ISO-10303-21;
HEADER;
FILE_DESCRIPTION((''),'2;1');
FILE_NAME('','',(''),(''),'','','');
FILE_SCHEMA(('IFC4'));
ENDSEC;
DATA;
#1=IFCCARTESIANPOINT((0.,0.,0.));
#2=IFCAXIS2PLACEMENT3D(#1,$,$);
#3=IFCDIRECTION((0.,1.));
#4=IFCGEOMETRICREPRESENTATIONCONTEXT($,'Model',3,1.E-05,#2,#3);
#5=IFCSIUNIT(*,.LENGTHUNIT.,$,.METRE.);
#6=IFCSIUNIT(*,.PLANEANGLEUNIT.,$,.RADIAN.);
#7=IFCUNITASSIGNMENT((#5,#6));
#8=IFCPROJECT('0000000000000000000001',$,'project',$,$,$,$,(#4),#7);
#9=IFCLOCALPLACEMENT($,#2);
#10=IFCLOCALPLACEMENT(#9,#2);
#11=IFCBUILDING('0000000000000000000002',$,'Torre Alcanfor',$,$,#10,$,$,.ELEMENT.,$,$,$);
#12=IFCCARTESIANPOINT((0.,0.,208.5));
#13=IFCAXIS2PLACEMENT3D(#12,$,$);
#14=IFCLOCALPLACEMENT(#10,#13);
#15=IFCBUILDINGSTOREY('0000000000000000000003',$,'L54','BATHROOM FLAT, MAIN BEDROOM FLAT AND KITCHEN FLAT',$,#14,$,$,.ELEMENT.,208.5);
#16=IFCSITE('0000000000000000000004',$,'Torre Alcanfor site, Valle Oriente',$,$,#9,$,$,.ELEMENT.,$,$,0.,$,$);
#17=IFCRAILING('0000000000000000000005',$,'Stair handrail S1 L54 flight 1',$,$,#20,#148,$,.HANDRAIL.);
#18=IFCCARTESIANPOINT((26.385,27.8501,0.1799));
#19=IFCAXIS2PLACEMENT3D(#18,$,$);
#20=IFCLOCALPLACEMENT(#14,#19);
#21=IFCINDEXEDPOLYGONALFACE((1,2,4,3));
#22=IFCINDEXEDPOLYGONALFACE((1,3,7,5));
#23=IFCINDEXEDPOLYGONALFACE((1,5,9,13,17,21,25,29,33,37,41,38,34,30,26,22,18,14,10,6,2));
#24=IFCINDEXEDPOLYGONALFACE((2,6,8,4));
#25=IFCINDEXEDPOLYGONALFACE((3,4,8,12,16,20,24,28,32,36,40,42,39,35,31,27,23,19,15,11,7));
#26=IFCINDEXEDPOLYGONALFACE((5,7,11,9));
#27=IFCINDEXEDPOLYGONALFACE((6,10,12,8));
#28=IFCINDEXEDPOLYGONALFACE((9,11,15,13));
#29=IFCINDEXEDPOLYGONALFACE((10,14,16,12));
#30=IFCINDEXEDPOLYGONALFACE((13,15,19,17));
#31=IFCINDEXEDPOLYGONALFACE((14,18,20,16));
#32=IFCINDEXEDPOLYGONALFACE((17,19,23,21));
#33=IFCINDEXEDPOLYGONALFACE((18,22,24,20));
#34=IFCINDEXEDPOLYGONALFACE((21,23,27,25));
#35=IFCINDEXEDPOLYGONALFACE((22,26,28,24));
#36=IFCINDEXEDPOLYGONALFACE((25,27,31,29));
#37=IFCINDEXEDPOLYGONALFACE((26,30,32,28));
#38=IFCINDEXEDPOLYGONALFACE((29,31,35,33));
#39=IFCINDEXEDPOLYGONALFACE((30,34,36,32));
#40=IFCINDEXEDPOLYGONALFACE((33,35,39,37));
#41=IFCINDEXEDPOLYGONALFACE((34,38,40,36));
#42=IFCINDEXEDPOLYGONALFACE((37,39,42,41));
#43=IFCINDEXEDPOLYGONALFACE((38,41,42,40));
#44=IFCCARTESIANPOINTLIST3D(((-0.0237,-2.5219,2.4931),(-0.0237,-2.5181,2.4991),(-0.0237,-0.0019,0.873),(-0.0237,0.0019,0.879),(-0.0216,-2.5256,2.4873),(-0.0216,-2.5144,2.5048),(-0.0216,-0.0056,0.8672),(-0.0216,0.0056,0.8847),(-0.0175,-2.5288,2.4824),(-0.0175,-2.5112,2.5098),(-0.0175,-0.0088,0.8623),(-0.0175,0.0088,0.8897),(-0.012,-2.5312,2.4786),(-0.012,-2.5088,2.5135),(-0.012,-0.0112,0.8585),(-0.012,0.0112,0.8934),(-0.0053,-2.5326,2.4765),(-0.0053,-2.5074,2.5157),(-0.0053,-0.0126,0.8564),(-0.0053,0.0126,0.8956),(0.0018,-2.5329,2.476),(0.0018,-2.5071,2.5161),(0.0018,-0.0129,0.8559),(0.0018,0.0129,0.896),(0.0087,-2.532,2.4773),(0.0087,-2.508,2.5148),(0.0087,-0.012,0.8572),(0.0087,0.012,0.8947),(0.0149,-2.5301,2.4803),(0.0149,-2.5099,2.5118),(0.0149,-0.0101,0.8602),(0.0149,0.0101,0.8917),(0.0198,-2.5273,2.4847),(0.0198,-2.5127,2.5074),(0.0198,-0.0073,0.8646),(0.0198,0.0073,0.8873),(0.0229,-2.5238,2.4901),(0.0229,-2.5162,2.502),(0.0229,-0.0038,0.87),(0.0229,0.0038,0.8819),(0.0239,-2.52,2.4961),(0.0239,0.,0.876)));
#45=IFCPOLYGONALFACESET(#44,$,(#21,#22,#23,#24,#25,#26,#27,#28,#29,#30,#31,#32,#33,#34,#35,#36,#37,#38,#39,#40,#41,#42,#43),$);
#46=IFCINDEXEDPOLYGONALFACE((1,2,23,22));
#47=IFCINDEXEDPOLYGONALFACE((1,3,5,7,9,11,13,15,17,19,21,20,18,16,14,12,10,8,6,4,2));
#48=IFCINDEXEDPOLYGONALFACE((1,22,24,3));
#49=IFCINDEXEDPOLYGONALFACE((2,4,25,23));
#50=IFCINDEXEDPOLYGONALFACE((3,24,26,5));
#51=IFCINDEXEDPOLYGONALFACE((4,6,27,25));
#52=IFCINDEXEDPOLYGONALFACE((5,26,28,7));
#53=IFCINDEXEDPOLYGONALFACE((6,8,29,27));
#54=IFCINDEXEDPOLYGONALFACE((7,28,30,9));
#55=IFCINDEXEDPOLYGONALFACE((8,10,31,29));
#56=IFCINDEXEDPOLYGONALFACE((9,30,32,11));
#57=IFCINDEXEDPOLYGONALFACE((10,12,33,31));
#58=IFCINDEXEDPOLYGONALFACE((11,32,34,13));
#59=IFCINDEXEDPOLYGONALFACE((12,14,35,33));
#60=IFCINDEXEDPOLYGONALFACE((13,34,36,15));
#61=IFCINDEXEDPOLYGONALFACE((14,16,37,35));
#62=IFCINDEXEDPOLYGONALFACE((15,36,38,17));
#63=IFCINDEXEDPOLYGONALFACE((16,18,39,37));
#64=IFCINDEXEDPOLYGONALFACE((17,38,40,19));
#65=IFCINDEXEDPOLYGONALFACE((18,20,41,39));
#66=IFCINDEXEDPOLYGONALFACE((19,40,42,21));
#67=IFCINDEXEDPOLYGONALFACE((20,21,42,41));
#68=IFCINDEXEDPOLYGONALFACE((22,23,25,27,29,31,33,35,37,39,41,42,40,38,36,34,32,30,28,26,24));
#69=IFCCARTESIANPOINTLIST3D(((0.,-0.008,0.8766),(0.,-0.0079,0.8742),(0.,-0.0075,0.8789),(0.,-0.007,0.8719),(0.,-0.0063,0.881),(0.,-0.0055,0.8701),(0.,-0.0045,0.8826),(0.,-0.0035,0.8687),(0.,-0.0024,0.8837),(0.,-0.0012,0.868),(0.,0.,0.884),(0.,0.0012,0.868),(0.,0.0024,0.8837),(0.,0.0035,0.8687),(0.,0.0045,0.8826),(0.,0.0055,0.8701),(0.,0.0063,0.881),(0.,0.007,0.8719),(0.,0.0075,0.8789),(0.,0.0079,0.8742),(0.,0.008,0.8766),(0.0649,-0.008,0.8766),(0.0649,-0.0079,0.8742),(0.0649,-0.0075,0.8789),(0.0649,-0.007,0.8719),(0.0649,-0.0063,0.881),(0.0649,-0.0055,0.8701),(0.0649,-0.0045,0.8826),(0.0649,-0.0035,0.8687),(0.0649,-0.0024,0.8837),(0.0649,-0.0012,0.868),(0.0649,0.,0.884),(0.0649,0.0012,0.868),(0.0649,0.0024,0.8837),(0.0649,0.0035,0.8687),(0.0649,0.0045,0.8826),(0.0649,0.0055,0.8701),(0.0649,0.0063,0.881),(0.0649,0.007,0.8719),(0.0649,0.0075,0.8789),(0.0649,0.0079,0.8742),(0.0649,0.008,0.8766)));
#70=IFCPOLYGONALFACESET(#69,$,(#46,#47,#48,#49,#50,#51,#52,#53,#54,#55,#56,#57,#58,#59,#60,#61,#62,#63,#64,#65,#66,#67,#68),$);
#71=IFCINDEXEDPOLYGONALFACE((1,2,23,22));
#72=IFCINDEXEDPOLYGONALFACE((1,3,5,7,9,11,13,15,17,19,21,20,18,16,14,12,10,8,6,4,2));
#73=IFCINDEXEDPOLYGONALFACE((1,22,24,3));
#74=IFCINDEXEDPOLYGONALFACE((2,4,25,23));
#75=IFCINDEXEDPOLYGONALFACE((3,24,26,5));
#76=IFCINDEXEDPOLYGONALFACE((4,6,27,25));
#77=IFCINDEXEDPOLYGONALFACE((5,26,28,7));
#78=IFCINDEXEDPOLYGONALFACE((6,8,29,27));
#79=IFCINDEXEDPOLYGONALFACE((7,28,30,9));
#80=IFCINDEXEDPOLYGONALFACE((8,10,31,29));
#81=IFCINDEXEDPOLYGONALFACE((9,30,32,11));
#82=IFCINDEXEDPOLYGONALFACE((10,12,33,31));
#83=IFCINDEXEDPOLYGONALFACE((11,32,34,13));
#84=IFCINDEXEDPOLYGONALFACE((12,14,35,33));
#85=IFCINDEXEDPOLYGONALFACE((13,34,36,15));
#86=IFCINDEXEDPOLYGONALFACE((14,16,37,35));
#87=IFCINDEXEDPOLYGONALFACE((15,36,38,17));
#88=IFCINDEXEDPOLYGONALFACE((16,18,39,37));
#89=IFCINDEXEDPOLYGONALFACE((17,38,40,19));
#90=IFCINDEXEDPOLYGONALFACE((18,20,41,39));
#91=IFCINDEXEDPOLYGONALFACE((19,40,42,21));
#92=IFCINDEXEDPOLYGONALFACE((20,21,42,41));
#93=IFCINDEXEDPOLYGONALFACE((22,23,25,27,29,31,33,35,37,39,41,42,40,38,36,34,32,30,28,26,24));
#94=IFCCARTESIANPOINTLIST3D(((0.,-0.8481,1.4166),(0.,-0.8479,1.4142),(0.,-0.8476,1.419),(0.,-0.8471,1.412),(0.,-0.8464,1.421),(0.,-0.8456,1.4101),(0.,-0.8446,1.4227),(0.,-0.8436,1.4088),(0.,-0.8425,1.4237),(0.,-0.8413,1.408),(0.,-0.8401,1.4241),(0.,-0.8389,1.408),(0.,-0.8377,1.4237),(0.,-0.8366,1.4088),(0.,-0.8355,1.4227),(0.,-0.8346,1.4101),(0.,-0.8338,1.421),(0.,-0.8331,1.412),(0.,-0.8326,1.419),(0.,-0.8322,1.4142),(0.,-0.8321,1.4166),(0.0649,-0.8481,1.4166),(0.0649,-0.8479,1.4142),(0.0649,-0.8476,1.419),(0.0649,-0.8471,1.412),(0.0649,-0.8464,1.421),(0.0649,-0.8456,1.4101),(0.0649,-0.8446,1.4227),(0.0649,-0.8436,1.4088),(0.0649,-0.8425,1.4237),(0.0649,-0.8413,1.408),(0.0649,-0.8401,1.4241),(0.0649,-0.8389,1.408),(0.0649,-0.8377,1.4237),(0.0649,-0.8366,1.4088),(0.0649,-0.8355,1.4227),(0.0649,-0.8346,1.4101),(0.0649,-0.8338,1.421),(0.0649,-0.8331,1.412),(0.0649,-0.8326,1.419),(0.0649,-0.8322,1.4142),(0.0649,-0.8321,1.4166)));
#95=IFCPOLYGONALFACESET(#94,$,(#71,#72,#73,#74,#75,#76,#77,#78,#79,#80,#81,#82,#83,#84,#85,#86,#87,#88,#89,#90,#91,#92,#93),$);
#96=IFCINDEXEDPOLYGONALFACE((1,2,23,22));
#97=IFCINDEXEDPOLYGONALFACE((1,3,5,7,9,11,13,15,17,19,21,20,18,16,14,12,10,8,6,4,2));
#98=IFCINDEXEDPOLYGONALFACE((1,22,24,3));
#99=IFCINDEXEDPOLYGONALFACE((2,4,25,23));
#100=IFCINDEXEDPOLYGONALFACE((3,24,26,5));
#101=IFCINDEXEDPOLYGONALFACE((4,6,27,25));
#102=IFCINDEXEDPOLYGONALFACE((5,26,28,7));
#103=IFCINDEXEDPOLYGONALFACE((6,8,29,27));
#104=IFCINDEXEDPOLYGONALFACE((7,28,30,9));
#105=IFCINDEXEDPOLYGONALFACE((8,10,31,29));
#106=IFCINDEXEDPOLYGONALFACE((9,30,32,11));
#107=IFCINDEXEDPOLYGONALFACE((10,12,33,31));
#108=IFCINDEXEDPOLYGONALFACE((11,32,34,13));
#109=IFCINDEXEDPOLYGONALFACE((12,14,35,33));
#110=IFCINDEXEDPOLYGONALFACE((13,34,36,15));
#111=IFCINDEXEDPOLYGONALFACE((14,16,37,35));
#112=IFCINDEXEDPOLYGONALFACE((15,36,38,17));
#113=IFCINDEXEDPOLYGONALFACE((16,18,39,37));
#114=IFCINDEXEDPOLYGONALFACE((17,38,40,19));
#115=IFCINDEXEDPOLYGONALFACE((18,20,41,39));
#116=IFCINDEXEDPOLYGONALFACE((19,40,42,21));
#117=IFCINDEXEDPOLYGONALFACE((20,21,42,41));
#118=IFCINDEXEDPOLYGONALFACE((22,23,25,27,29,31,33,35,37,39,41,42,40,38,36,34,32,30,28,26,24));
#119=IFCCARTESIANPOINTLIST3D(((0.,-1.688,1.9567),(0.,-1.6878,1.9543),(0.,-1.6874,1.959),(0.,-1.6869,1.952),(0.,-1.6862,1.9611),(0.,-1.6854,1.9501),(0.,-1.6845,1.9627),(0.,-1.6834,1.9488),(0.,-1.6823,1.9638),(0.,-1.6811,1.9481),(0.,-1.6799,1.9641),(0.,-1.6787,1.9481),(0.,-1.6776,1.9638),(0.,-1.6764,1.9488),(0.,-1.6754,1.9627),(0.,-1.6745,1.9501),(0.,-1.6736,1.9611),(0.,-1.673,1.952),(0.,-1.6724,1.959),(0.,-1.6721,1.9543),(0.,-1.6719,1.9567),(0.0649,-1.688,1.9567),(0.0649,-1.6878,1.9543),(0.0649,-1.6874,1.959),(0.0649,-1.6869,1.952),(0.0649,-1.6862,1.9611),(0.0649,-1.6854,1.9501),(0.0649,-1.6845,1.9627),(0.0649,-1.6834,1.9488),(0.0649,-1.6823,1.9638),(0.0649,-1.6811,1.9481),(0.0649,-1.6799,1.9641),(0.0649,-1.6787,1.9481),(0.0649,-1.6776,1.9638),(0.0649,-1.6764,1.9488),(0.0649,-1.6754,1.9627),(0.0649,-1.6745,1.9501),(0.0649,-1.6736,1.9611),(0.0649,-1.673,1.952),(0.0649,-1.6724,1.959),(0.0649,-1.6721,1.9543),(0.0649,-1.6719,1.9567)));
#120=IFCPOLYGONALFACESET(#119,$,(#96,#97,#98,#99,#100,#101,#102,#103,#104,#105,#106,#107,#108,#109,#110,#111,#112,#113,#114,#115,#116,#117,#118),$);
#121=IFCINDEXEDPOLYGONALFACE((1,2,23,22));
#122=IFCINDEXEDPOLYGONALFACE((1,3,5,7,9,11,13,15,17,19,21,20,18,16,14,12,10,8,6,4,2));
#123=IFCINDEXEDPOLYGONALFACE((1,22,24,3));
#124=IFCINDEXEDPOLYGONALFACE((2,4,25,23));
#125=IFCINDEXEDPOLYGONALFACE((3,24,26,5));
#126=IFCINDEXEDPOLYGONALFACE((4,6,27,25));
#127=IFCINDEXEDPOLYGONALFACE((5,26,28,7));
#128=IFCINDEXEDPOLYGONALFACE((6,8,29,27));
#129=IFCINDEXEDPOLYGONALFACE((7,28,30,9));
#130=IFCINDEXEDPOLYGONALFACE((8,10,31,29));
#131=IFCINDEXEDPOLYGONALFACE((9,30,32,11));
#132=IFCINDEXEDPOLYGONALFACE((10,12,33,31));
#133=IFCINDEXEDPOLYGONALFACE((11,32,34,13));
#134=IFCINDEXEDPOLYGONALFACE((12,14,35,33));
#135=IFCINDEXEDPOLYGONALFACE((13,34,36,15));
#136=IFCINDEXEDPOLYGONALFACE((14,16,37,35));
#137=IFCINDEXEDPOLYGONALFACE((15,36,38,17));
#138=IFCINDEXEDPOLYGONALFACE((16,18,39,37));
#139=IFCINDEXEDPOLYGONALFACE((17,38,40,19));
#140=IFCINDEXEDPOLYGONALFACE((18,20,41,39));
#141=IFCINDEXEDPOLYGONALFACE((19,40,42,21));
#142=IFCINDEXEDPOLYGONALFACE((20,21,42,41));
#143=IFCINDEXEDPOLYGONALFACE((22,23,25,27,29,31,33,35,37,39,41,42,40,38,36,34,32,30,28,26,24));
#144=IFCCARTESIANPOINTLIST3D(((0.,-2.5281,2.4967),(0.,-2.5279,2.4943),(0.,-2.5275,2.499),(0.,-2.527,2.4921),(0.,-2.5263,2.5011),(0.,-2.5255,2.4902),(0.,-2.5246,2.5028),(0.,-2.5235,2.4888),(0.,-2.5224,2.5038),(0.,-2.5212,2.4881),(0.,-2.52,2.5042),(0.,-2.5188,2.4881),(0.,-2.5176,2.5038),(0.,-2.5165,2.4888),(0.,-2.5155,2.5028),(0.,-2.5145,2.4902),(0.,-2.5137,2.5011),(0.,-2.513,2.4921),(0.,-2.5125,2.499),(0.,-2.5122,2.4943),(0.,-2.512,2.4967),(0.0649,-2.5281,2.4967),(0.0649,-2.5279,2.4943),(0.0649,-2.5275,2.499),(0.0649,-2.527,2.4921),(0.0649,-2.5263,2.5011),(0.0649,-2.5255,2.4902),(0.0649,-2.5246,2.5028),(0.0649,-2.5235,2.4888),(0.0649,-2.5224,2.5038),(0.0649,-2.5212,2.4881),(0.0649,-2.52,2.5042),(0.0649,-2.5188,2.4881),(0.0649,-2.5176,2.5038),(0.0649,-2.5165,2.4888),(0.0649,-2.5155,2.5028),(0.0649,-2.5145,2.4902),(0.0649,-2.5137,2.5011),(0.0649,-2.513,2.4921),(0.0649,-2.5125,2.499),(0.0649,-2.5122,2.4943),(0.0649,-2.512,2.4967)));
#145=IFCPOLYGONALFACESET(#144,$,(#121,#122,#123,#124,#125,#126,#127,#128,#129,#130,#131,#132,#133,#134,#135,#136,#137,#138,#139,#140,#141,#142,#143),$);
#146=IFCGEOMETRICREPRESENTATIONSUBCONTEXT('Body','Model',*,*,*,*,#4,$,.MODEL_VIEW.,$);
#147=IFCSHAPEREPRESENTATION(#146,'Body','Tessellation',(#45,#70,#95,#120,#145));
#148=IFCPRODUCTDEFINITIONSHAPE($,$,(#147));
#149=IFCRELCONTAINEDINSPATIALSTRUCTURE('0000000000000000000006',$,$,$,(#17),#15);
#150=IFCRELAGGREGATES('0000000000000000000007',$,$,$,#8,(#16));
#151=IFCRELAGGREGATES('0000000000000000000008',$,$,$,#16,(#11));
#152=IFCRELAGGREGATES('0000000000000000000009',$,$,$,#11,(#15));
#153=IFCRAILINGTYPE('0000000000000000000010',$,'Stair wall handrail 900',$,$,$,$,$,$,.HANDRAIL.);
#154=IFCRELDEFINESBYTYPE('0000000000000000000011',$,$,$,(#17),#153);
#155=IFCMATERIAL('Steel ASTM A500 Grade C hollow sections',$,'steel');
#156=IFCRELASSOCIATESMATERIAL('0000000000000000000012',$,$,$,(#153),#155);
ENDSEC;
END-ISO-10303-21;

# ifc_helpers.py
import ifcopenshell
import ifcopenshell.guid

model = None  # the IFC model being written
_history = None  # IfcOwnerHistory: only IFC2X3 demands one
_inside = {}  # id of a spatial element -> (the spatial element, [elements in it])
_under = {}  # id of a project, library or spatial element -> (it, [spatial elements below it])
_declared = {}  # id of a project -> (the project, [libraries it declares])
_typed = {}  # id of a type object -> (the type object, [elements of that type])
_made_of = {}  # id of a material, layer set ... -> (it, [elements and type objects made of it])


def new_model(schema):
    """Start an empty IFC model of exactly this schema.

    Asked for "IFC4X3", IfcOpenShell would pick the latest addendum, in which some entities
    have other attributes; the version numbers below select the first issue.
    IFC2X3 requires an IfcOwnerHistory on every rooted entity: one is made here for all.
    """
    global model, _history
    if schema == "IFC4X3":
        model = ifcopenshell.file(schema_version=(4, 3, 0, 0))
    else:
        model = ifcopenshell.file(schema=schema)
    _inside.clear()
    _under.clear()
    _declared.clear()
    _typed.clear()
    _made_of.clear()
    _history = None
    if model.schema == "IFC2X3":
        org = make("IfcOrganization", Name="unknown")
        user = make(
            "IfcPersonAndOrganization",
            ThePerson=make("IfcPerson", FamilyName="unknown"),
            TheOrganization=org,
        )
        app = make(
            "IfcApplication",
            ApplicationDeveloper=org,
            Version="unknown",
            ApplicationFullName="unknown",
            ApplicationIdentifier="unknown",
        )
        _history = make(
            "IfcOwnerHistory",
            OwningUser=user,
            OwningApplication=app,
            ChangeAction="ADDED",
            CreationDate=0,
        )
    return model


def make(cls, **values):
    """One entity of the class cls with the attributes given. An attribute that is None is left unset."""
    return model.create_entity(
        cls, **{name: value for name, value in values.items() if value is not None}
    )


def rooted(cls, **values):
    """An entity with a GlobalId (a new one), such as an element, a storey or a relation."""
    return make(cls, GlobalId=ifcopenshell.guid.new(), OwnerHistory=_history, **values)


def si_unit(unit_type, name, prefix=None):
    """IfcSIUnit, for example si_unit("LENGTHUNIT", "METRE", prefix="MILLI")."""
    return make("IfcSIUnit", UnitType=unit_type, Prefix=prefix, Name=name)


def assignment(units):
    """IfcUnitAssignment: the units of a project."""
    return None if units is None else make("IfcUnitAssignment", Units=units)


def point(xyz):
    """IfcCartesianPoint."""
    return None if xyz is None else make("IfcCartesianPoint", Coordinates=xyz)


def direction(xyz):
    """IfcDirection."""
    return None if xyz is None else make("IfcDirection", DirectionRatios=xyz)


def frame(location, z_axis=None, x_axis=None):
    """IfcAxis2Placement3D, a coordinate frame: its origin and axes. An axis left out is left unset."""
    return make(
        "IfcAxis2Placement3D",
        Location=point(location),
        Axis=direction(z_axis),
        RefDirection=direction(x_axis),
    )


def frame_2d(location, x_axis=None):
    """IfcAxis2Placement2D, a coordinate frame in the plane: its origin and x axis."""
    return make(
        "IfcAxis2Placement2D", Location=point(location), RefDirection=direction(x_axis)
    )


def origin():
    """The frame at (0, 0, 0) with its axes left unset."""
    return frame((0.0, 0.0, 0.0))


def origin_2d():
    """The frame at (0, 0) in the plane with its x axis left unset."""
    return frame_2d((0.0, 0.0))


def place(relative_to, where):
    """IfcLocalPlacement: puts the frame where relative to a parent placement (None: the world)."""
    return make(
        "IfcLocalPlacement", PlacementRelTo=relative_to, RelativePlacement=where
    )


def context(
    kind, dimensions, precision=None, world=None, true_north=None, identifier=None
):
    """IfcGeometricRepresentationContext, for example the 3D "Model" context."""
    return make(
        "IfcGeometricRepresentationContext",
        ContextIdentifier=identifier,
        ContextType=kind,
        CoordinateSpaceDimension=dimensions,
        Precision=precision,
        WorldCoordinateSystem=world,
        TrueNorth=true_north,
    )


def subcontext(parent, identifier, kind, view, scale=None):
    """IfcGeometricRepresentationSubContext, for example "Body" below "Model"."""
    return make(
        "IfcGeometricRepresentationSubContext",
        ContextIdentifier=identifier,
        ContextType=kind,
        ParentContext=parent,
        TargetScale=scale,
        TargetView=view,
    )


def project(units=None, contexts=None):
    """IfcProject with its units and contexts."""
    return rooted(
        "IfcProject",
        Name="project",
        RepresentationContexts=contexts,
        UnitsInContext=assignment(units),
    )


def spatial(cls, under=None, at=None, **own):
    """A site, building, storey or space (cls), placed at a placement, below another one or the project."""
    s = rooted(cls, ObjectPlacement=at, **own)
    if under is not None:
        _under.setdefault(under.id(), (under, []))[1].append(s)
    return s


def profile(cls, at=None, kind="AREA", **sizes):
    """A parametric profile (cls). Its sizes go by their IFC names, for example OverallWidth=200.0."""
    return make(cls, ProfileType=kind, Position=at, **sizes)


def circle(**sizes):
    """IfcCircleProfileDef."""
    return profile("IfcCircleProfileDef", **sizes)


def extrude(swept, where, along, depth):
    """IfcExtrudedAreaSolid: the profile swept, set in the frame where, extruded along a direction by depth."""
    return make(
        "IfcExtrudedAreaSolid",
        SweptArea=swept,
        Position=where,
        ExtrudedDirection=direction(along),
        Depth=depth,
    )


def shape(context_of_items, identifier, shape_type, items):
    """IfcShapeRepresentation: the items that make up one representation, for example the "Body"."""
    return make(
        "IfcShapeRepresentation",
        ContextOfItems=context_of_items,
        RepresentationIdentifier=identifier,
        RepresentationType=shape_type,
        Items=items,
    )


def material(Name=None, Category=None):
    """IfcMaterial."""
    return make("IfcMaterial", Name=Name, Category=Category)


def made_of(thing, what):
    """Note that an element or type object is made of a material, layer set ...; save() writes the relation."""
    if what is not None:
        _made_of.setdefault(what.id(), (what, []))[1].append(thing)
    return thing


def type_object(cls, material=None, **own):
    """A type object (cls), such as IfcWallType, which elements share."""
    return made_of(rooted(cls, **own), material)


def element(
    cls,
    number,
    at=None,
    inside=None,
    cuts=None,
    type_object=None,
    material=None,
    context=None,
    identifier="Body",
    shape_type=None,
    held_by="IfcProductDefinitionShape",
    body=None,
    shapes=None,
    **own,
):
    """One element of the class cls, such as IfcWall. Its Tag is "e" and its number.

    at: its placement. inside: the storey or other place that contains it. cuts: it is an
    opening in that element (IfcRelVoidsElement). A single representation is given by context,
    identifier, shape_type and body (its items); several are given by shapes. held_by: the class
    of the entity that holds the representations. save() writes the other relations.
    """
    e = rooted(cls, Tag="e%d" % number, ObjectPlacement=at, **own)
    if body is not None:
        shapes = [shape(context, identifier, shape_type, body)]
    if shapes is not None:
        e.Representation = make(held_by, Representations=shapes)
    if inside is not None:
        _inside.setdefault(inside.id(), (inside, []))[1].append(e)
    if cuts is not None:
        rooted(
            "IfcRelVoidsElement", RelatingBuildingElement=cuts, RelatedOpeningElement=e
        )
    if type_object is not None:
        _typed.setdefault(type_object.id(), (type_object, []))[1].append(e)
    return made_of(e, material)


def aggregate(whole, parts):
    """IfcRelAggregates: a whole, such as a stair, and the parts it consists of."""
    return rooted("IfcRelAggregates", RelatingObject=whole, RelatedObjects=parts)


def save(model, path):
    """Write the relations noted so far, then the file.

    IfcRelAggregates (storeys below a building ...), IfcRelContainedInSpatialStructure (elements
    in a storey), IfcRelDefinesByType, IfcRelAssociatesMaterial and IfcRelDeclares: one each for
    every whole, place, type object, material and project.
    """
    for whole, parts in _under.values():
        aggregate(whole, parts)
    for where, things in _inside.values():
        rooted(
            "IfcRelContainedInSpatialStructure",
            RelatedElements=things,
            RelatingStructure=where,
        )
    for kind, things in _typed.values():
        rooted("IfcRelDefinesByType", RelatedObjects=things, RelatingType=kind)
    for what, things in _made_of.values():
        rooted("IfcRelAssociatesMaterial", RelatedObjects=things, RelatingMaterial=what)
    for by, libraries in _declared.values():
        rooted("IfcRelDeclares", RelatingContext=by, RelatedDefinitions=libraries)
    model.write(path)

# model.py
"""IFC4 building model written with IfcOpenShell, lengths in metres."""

from ifc_helpers import new_model, si_unit, direction, frame, origin, origin_2d, place, context, subcontext, project, spatial, circle, extrude, material, type_object, element, save


model = new_model("IFC4")

# Units and contexts
model_context = context("Model", 3, precision=1e-05, world=origin(), true_north=direction((0.0, 1.0)))
body_context = subcontext(model_context, "Body", "Model", "MODEL_VIEW")
ifc_project = project(units=[si_unit("LENGTHUNIT", "METRE"), si_unit("PLANEANGLEUNIT", "RADIAN")], contexts=[model_context])

# Site, building, storey
site_placement = place(None, origin())
site = spatial("IfcSite", under=ifc_project, at=site_placement, Name="Torre Alcanfor site, Valle Oriente", CompositionType="ELEMENT", RefElevation=0.0)
building_placement = place(site_placement, origin())
building = spatial("IfcBuilding", under=site, at=building_placement, Name="Torre Alcanfor", CompositionType="ELEMENT")
storey_placement = place(building_placement, frame((0.0, 0.0, 208.5)))
storey = spatial("IfcBuildingStorey", under=building, at=storey_placement, Name="L54", Description="BATHROOM FLAT, MAIN BEDROOM FLAT AND KITCHEN FLAT", CompositionType="ELEMENT", Elevation=208.5)

# Railing
ifc_material_1 = material(Name="Steel ASTM A500 Grade C hollow sections", Category="steel")
railing_type = type_object("IfcRailingType", Name="Stair wall handrail 900", PredefinedType="HANDRAIL", material=ifc_material_1)
railing_placement = place(storey_placement, frame((26.385, 27.8501, 0.1799)))
element("IfcRailing", 1, at=railing_placement, inside=storey, type_object=railing_type, Name="Stair handrail S1 L54 flight 1", PredefinedType="HANDRAIL", context=body_context, shape_type="SweptSolid", body=[
    extrude(circle(Radius=0.0239, at=origin_2d()), frame((0.0, 0.0, 0.876), z_axis=(0.0, -0.841163, 0.540782), x_axis=(1.0, 0.0, 0.0)), (0.0, 0.0, 1.0), 2.9958),
    extrude(circle(Radius=0.0081, at=origin_2d()), frame((0.0, 0.0, 0.876), z_axis=(1.0, 0.0, 0.0), x_axis=(0.0, 0.0, 1.0)), (0.0, 0.0, 1.0), 0.0649),
    extrude(circle(Radius=0.0081, at=origin_2d()), frame((0.0, -0.8401, 1.416), z_axis=(1.0, 0.0, 0.0), x_axis=(0.0, 0.0, 1.0)), (0.0, 0.0, 1.0), 0.0649),
    extrude(circle(Radius=0.0081, at=origin_2d()), frame((0.0, -1.6799, 1.9561), z_axis=(1.0, 0.0, 0.0), x_axis=(0.0, 0.0, 1.0)), (0.0, 0.0, 1.0), 0.0649),
    extrude(circle(Radius=0.0081, at=origin_2d()), frame((0.0, -2.52, 2.4961), z_axis=(1.0, 0.0, 0.0), x_axis=(0.0, 0.0, 1.0)), (0.0, 0.0, 1.0), 0.0649),
])

save(model, "model.ifc")
